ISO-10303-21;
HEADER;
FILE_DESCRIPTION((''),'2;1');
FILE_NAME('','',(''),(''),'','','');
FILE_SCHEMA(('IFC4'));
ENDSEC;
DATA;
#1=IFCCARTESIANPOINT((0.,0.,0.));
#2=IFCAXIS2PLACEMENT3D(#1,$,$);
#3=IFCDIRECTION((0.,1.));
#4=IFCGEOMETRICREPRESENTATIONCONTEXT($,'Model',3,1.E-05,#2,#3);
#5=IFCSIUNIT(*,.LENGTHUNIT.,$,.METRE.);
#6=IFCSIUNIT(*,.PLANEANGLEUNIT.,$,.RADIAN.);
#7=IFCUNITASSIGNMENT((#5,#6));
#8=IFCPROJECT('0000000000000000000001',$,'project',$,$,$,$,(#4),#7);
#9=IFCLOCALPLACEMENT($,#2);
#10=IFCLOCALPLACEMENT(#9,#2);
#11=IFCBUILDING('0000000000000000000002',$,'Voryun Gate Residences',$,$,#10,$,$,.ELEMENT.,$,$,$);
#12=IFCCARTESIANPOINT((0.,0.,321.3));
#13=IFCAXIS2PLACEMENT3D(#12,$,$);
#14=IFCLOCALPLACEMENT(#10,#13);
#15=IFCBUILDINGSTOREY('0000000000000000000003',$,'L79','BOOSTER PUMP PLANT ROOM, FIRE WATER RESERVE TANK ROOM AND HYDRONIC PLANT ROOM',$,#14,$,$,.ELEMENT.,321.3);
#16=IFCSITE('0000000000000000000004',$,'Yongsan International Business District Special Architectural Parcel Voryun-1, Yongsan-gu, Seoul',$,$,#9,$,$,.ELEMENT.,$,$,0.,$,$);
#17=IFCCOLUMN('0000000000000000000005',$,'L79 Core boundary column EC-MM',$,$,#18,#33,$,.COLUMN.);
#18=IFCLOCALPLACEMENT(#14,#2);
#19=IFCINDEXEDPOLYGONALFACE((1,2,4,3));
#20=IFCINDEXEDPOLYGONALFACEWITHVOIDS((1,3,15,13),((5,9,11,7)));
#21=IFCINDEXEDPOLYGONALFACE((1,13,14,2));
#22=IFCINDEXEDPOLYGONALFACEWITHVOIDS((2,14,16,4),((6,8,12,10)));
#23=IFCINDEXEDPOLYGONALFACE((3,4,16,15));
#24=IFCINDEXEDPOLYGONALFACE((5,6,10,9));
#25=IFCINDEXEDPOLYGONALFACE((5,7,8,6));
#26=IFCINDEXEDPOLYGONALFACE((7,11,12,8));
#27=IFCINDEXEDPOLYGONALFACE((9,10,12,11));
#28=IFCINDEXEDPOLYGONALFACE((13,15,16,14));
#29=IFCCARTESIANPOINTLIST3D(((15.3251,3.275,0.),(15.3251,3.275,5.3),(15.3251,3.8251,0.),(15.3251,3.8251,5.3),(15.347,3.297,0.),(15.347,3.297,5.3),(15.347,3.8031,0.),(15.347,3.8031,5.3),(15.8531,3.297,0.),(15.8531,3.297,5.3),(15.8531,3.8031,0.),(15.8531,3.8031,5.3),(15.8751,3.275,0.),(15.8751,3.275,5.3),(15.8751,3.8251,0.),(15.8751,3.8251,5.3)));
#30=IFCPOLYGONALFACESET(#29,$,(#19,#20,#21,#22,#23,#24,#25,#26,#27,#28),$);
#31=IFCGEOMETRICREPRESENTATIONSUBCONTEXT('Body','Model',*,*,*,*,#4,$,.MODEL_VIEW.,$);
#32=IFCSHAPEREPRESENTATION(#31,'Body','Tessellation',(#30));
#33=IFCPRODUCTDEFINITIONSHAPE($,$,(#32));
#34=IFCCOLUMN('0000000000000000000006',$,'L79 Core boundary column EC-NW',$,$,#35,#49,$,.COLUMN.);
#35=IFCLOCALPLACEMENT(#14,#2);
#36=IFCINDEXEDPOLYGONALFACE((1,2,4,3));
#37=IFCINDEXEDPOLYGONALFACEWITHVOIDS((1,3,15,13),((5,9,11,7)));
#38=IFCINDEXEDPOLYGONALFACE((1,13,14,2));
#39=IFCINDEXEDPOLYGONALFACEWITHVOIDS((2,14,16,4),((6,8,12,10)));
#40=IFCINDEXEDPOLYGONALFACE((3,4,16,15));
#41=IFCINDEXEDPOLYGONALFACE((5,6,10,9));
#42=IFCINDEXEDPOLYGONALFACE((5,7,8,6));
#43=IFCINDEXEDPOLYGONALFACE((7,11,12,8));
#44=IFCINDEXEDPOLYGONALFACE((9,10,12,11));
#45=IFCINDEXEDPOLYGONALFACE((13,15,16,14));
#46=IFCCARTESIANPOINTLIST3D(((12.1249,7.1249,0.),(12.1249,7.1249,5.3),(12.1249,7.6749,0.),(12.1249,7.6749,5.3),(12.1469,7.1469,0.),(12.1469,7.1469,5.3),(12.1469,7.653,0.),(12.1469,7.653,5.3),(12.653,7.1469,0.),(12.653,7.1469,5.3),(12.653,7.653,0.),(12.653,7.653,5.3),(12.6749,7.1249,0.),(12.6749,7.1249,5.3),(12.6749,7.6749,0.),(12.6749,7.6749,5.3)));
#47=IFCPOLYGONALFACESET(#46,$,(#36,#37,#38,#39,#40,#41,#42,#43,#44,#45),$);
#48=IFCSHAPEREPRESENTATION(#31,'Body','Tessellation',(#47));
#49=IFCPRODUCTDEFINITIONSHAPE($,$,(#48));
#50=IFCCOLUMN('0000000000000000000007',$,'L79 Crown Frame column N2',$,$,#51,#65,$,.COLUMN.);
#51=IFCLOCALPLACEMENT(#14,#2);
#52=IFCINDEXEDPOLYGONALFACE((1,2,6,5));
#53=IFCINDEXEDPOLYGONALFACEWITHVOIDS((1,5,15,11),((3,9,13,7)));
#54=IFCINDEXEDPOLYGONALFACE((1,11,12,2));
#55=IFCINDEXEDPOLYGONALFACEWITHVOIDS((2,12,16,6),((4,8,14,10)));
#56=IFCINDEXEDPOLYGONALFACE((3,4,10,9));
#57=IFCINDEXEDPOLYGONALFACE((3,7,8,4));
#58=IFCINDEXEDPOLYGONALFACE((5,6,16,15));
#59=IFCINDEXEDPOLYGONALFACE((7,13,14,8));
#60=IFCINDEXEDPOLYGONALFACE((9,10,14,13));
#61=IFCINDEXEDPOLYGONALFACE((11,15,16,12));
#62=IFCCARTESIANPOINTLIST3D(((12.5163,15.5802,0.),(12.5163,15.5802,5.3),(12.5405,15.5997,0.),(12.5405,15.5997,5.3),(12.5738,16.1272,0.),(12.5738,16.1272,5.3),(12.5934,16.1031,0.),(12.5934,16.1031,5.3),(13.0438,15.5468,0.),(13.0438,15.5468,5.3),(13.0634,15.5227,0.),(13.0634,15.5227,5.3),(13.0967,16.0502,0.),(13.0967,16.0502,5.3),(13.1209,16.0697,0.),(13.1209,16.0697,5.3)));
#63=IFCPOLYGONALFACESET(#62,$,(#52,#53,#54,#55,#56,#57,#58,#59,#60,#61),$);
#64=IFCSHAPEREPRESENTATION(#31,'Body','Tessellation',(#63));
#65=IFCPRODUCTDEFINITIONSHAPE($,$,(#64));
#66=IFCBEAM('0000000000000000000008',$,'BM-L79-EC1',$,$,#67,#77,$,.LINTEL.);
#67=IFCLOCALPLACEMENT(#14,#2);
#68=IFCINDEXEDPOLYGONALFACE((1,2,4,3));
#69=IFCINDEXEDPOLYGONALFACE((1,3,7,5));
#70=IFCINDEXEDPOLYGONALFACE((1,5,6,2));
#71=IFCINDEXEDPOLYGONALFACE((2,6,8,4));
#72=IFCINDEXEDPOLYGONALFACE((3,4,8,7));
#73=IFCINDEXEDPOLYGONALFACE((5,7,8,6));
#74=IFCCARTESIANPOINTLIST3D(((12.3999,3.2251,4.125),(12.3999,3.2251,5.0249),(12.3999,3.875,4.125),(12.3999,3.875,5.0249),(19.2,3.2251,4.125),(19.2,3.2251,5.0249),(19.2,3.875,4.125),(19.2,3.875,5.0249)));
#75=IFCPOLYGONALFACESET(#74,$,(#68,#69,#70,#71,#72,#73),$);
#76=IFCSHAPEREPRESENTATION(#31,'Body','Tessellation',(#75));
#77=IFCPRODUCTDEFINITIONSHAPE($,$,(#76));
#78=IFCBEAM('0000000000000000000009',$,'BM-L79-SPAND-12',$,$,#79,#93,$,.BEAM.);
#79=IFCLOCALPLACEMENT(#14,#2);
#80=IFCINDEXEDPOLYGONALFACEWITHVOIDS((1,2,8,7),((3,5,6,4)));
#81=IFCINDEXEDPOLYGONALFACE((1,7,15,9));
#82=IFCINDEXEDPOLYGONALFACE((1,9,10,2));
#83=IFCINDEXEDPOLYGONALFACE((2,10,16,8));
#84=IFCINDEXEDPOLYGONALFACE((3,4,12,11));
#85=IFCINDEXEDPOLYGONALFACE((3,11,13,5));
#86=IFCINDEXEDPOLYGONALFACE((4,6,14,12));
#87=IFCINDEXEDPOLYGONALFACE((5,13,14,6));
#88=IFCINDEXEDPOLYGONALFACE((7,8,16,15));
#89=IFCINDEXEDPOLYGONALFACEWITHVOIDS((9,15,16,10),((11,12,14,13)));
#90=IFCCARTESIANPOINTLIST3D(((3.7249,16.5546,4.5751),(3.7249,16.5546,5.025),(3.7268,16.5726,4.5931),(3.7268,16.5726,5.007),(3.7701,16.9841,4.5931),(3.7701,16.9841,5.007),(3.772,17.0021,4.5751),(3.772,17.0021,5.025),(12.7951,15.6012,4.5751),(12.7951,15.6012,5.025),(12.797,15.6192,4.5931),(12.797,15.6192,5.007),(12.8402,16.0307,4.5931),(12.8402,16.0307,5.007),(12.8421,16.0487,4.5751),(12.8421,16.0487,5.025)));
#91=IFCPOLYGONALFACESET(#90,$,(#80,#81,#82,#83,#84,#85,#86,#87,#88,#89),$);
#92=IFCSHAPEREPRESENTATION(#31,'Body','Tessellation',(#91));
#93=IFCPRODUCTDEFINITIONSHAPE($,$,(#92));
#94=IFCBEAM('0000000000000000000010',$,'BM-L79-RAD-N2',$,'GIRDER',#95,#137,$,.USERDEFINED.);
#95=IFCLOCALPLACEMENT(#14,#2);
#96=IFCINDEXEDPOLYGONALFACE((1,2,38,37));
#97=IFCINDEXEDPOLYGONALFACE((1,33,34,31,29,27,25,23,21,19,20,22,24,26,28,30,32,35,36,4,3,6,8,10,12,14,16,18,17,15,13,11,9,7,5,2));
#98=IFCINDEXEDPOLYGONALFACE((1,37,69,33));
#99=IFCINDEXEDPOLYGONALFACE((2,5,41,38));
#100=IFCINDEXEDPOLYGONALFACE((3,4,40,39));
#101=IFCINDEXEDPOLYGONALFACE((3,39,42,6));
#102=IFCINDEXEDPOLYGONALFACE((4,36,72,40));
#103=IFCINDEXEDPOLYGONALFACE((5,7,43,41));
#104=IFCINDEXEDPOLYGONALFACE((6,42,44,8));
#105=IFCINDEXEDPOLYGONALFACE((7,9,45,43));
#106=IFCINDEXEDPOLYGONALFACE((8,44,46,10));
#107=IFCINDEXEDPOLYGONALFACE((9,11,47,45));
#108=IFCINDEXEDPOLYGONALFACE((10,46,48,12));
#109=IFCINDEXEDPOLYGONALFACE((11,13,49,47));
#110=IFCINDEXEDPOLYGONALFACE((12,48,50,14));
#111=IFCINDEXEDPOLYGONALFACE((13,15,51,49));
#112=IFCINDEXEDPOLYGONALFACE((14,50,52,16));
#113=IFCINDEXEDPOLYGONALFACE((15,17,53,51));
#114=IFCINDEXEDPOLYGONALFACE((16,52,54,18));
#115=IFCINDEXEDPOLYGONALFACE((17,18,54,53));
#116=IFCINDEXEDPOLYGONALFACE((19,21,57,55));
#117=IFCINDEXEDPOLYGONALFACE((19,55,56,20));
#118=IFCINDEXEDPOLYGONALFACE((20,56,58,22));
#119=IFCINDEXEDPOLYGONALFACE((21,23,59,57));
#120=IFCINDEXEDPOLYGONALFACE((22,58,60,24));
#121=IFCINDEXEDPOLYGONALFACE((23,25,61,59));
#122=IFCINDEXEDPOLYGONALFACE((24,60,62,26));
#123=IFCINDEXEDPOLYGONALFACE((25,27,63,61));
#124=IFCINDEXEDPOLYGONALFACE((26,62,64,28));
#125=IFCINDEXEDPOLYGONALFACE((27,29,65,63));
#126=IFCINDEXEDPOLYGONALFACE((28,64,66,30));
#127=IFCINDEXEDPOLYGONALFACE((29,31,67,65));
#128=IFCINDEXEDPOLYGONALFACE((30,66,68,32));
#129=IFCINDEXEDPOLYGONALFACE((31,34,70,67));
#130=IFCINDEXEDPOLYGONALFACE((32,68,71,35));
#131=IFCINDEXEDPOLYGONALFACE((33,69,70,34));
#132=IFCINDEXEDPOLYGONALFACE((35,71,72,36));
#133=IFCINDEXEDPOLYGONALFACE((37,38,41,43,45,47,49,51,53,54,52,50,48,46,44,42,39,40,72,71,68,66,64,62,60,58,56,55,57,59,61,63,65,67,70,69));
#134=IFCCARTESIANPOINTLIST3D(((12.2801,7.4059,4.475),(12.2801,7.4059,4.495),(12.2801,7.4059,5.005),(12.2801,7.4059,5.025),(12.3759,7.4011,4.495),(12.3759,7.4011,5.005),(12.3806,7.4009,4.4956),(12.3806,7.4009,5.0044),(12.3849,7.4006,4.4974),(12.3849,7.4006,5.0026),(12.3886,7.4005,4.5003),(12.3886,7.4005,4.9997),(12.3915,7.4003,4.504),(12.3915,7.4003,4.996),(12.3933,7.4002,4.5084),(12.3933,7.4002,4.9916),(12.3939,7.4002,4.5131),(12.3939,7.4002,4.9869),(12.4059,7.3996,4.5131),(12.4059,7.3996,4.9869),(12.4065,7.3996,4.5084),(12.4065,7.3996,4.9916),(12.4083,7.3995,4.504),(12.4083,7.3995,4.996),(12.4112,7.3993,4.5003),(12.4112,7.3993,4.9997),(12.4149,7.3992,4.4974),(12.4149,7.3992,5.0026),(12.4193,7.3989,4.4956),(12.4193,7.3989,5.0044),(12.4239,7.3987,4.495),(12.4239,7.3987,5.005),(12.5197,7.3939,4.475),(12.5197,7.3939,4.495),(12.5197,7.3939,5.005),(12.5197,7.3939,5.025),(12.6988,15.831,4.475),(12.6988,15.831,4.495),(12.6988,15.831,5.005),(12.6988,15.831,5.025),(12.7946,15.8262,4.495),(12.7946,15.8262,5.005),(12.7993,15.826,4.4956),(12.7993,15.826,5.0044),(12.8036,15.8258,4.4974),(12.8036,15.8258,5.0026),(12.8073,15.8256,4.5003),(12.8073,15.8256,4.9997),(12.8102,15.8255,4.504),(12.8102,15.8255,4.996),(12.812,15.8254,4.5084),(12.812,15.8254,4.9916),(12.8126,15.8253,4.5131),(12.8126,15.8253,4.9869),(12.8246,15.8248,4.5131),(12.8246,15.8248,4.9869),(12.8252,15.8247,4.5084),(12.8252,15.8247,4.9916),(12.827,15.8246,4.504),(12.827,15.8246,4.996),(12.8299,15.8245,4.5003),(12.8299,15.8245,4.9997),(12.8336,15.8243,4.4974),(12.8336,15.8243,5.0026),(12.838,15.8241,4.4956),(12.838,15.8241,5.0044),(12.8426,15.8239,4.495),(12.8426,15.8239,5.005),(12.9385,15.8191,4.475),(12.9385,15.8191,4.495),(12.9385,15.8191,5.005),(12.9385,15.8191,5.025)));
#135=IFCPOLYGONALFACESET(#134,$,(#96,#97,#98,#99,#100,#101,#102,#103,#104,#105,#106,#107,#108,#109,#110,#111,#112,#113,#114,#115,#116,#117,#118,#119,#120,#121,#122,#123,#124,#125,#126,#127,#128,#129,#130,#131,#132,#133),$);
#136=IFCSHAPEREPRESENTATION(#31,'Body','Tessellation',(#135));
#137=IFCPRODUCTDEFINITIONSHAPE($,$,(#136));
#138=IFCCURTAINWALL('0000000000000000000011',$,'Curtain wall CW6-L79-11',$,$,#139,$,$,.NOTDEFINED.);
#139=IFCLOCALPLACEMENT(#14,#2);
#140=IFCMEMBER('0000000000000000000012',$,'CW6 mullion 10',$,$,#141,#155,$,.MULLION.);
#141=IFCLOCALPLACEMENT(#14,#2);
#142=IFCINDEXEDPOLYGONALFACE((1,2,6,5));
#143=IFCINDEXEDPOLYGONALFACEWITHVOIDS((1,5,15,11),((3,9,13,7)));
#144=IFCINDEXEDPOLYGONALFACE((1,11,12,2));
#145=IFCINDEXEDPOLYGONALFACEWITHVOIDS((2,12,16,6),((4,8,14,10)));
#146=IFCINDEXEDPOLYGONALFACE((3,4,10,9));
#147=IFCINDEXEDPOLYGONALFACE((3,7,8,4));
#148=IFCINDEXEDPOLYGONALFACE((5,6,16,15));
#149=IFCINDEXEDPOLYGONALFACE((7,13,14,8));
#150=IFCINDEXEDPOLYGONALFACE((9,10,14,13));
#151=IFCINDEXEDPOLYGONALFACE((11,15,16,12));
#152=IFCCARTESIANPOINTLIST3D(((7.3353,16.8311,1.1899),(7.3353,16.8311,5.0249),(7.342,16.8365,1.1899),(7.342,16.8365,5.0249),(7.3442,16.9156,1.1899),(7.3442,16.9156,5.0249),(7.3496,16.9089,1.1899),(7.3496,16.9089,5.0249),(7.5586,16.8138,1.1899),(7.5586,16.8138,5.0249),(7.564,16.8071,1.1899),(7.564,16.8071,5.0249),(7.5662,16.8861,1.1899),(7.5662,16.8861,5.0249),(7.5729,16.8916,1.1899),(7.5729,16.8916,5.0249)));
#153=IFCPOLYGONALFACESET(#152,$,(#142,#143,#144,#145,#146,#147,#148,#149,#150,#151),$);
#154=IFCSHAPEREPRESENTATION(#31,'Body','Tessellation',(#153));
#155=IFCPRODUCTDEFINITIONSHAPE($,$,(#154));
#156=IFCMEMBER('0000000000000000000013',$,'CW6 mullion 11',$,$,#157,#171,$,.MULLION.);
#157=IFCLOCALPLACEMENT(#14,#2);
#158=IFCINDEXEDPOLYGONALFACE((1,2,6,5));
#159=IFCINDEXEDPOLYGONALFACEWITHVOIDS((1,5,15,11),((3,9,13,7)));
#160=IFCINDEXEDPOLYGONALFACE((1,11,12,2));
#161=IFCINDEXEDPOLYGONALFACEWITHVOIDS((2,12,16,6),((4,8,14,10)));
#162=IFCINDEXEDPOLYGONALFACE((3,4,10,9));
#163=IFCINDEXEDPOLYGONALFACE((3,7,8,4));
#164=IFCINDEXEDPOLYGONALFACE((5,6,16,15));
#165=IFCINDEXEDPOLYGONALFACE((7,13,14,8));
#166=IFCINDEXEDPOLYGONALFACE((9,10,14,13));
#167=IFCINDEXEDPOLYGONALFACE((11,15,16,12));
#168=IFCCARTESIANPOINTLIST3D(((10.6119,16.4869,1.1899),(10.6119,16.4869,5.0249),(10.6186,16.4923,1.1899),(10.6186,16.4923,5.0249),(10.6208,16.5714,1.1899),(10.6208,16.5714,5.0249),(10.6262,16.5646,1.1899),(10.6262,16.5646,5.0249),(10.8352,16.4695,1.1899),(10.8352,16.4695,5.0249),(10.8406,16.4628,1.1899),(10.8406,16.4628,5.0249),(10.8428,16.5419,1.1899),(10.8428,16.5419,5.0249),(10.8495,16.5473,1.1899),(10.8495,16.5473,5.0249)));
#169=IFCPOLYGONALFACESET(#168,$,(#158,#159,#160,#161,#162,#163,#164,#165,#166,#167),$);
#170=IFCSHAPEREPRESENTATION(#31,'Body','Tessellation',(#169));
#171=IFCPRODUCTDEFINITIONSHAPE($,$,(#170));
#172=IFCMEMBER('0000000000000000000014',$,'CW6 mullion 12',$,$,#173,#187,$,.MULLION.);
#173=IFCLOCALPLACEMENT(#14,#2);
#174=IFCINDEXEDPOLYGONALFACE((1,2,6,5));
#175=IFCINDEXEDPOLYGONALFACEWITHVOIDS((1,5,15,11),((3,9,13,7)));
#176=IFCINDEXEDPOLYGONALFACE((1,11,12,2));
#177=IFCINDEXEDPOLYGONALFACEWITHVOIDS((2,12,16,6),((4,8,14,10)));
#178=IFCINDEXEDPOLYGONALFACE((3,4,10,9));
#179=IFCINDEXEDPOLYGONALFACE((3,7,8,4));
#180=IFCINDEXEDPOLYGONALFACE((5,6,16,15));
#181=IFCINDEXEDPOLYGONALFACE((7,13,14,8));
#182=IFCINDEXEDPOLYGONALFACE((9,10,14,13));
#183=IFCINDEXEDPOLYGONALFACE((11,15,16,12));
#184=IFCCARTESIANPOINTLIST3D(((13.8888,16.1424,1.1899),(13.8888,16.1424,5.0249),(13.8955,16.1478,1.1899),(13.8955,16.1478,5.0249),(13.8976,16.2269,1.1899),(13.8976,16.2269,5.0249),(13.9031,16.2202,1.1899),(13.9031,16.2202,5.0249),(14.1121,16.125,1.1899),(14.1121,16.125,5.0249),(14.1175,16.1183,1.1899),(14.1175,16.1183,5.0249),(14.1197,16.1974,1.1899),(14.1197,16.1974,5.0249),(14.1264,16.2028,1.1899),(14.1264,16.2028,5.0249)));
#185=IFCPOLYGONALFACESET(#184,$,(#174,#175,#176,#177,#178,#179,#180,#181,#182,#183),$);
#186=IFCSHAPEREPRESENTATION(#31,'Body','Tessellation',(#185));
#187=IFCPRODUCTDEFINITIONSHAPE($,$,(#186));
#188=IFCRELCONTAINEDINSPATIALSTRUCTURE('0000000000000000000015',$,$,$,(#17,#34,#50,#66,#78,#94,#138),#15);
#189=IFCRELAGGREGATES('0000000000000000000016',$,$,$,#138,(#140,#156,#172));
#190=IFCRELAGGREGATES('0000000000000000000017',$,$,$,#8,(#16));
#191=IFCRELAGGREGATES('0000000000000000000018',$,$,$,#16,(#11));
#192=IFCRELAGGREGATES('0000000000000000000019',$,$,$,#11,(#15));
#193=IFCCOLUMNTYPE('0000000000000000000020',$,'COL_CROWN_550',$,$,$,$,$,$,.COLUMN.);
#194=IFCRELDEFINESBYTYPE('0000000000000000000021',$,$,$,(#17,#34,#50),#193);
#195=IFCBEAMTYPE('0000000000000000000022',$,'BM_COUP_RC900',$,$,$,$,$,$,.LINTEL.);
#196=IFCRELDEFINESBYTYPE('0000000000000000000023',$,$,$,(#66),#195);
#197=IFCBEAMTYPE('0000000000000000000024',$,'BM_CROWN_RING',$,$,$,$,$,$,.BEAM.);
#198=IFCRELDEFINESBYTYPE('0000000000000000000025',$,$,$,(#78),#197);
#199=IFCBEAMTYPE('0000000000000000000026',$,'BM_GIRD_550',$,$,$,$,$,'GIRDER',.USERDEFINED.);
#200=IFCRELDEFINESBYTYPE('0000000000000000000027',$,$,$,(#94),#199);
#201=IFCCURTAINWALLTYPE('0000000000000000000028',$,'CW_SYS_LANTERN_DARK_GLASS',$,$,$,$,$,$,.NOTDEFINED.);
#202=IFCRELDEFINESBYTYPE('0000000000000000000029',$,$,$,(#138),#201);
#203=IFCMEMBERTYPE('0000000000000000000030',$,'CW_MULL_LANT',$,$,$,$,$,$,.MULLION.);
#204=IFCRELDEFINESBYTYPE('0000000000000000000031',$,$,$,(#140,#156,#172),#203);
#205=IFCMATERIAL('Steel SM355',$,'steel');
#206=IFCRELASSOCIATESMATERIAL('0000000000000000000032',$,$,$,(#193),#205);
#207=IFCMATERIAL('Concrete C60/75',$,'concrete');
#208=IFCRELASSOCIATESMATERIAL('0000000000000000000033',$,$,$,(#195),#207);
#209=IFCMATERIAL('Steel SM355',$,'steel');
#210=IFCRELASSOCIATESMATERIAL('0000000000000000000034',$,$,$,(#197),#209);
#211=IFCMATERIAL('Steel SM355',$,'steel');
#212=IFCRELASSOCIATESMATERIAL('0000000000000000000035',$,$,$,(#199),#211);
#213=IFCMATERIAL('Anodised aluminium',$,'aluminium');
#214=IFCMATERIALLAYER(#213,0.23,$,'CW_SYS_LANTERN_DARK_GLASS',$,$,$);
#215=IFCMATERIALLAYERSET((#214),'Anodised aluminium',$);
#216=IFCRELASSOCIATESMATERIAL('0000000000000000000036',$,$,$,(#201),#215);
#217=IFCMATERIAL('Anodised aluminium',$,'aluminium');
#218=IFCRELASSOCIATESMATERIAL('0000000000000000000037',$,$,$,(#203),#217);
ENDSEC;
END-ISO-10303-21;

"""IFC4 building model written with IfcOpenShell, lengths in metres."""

from ifc_helpers import new_model, si_unit, direction, frame, origin, origin_2d, place, context, subcontext, project, spatial, rectangle, hollow_rectangle, i_section, extrude, material, layer, layer_set, material_profile, profile_set, type_object, element, aggregate, save


model = new_model("IFC4")

# Units and contexts
model_context = context("Model", 3, precision=1e-05, world=origin(), true_north=direction((0.0, 1.0)))
body_context = subcontext(model_context, "Body", "Model", "MODEL_VIEW")
ifc_project = project(units=[si_unit("LENGTHUNIT", "METRE"), si_unit("PLANEANGLEUNIT", "RADIAN")], contexts=[model_context])

# Site, building, storey
site_placement = place(None, origin())
site = spatial("IfcSite", under=ifc_project, at=site_placement, Name="Yongsan International Business District Special Architectural Parcel Voryun-1, Yongsan-gu, Seoul", CompositionType="ELEMENT", RefElevation=0.0)
building_placement = place(site_placement, origin())
building = spatial("IfcBuilding", under=site, at=building_placement, Name="Voryun Gate Residences", CompositionType="ELEMENT")
storey_placement = place(building_placement, frame((0.0, 0.0, 321.3)))
storey = spatial("IfcBuildingStorey", under=building, at=storey_placement, Name="L79", Description="BOOSTER PUMP PLANT ROOM, FIRE WATER RESERVE TANK ROOM AND HYDRONIC PLANT ROOM", CompositionType="ELEMENT", Elevation=321.3)

# Columns
ifc_material_1 = material(Name="Steel SM355", Category="steel")
ifc_material_profile_1 = material_profile(ifc_material_1, hollow_rectangle(XDim=0.55, YDim=0.55, WallThickness=0.022, at=origin_2d()), Name="BOX-550x550x22")
ifc_profile_set_1 = profile_set([ifc_material_profile_1], Name="Steel SM355")
column_type = type_object("IfcColumnType", Name="COL_CROWN_550", PredefinedType="COLUMN", material=ifc_profile_set_1)
for number, where, z_axis, x_axis, name in (
    (1, (15.6001, 3.55, 0.0), (0.0, 0.0, 1.0), (1.0, 0.0, 0.0), "L79 Core boundary column EC-MM"),
    (2, (12.3999, 7.3999, 0.0), (0.0, 0.0, 1.0), (1.0, 0.0, 0.0), "L79 Core boundary column EC-NW"),
    (3, (12.8186, 15.825, 0.0), (0.0, 0.0, 1.0), (0.994522, -0.104528, 0.0), "L79 Crown Frame column N2"),
):
    element("IfcColumn", number, at=place(storey_placement, frame(where, z_axis=z_axis, x_axis=x_axis)), inside=storey, type_object=column_type, Name=name, PredefinedType="COLUMN", context=body_context, shape_type="SweptSolid", body=[
        extrude(hollow_rectangle(XDim=0.55, YDim=0.55, WallThickness=0.022, at=origin_2d()), origin(), (0.0, 0.0, 1.0), 5.3),
    ])

# Beams
ifc_material_2 = material(Name="Concrete C60/75", Category="concrete")
ifc_material_profile_2 = material_profile(ifc_material_2, rectangle(XDim=0.6499, YDim=0.8999, at=origin_2d()), Name="RC-650x900")
ifc_profile_set_2 = profile_set([ifc_material_profile_2], Name="Concrete C60/75")
beam_type_1 = type_object("IfcBeamType", Name="BM_COUP_RC900", PredefinedType="LINTEL", material=ifc_profile_set_2)
beam_1_placement = place(storey_placement, frame((12.3999, 3.55, 4.575), z_axis=(1.0, 0.0, 0.0), x_axis=(0.0, 1.0, 0.0)))
element("IfcBeam", 4, at=beam_1_placement, inside=storey, type_object=beam_type_1, Name="BM-L79-EC1", PredefinedType="LINTEL", context=body_context, shape_type="SweptSolid", body=[
    extrude(rectangle(XDim=0.6499, YDim=0.8999, at=origin_2d()), origin(), (0.0, 0.0, 1.0), 6.8),
])
ifc_material_3 = material(Name="Steel SM355", Category="steel")
ifc_material_profile_3 = material_profile(ifc_material_3, hollow_rectangle(XDim=0.45, YDim=0.45, WallThickness=0.0181, at=origin_2d()), Name="BOX-450x450x18")
ifc_profile_set_3 = profile_set([ifc_material_profile_3], Name="Steel SM355")
beam_type_2 = type_object("IfcBeamType", Name="BM_CROWN_RING", PredefinedType="BEAM", material=ifc_profile_set_3)
beam_2_placement = place(storey_placement, frame((12.8186, 15.825, 4.8), z_axis=(-0.994521, 0.104536, 0.0), x_axis=(-0.104536, -0.994521, 0.0)))
element("IfcBeam", 5, at=beam_2_placement, inside=storey, type_object=beam_type_2, Name="BM-L79-SPAND-12", PredefinedType="BEAM", context=body_context, shape_type="SweptSolid", body=[
    extrude(hollow_rectangle(XDim=0.45, YDim=0.45, WallThickness=0.0181, at=origin_2d()), origin(), (0.0, 0.0, 1.0), 9.1201),
])
ifc_material_4 = material(Name="Steel SM355", Category="steel")
ifc_material_profile_4 = material_profile(ifc_material_4, i_section(OverallWidth=0.24, OverallDepth=0.55, WebThickness=0.012, FlangeThickness=0.02, FilletRadius=0.0181, at=origin_2d()), Name="H-550x240x12x20")
ifc_profile_set_4 = profile_set([ifc_material_profile_4], Name="Steel SM355")
beam_type_3 = type_object("IfcBeamType", Name="BM_GIRD_550", ElementType="GIRDER", PredefinedType="USERDEFINED", material=ifc_profile_set_4)
beam_3_placement = place(storey_placement, frame((12.3999, 7.3999, 4.75), z_axis=(0.049636, 0.998767, 0.0), x_axis=(-0.998767, 0.049636, 0.0)))
element("IfcBeam", 6, at=beam_3_placement, inside=storey, type_object=beam_type_3, Name="BM-L79-RAD-N2", ObjectType="GIRDER", PredefinedType="USERDEFINED", context=body_context, shape_type="SweptSolid", body=[
    extrude(i_section(OverallWidth=0.24, OverallDepth=0.55, WebThickness=0.012, FlangeThickness=0.02, FilletRadius=0.0181, at=origin_2d()), origin(), (0.0, 0.0, 1.0), 8.4355),
])

# Curtain wall, members
ifc_material_5 = material(Name="Anodised aluminium", Category="aluminium")
ifc_layer_1 = layer(ifc_material_5, 0.23, Name="CW_SYS_LANTERN_DARK_GLASS")
ifc_layer_set_1 = layer_set([ifc_layer_1], Name="Anodised aluminium")
curtain_wall_type = type_object("IfcCurtainWallType", Name="CW_SYS_LANTERN_DARK_GLASS", PredefinedType="NOTDEFINED", material=ifc_layer_set_1)
curtain_wall_placement = place(storey_placement, origin())
curtain_wall = element("IfcCurtainWall", 7, at=curtain_wall_placement, inside=storey, type_object=curtain_wall_type, Name="Curtain wall CW6-L79-11", PredefinedType="NOTDEFINED")
ifc_material_6 = material(Name="Anodised aluminium", Category="aluminium")
ifc_material_profile_5 = material_profile(ifc_material_6, hollow_rectangle(XDim=0.085, YDim=0.23, WallThickness=0.0061, at=origin_2d()), Name="ALU-MULL-230x85x6")
ifc_profile_set_5 = profile_set([ifc_material_profile_5], Name="Anodised aluminium")
member_type_1 = type_object("IfcMemberType", Name="CW_MULL_LANT", PredefinedType="MULLION", material=ifc_profile_set_5)
member_1_placement = place(storey_placement, frame((7.4541, 16.8613, 1.1899), z_axis=(0.0, 0.0, 1.0), x_axis=(0.104528, 0.994522, 0.0)))
member_1 = element("IfcMember", 8, at=member_1_placement, type_object=member_type_1, Name="CW6 mullion 10", PredefinedType="MULLION", context=body_context, shape_type="SweptSolid", body=[
    extrude(hollow_rectangle(XDim=0.085, YDim=0.23, WallThickness=0.0061, at=origin_2d()), origin(), (0.0, 0.0, 1.0), 3.835),
])
member_2_placement = place(storey_placement, frame((10.7307, 16.5171, 1.1899), z_axis=(0.0, 0.0, 1.0), x_axis=(0.104528, 0.994522, 0.0)))
member_2 = element("IfcMember", 9, at=member_2_placement, type_object=member_type_1, Name="CW6 mullion 11", PredefinedType="MULLION", context=body_context, shape_type="SweptSolid", body=[
    extrude(hollow_rectangle(XDim=0.085, YDim=0.23, WallThickness=0.0061, at=origin_2d()), origin(), (0.0, 0.0, 1.0), 3.835),
])
member_3_placement = place(storey_placement, frame((14.0076, 16.1726, 1.1899), z_axis=(0.0, 0.0, 1.0), x_axis=(0.104528, 0.994522, 0.0)))
member_3 = element("IfcMember", 10, at=member_3_placement, type_object=member_type_1, Name="CW6 mullion 12", PredefinedType="MULLION", context=body_context, shape_type="SweptSolid", body=[
    extrude(hollow_rectangle(XDim=0.085, YDim=0.23, WallThickness=0.0061, at=origin_2d()), origin(), (0.0, 0.0, 1.0), 3.835),
])

aggregate(curtain_wall, [member_1, member_2, member_3])

save(model, "model.ifc")
